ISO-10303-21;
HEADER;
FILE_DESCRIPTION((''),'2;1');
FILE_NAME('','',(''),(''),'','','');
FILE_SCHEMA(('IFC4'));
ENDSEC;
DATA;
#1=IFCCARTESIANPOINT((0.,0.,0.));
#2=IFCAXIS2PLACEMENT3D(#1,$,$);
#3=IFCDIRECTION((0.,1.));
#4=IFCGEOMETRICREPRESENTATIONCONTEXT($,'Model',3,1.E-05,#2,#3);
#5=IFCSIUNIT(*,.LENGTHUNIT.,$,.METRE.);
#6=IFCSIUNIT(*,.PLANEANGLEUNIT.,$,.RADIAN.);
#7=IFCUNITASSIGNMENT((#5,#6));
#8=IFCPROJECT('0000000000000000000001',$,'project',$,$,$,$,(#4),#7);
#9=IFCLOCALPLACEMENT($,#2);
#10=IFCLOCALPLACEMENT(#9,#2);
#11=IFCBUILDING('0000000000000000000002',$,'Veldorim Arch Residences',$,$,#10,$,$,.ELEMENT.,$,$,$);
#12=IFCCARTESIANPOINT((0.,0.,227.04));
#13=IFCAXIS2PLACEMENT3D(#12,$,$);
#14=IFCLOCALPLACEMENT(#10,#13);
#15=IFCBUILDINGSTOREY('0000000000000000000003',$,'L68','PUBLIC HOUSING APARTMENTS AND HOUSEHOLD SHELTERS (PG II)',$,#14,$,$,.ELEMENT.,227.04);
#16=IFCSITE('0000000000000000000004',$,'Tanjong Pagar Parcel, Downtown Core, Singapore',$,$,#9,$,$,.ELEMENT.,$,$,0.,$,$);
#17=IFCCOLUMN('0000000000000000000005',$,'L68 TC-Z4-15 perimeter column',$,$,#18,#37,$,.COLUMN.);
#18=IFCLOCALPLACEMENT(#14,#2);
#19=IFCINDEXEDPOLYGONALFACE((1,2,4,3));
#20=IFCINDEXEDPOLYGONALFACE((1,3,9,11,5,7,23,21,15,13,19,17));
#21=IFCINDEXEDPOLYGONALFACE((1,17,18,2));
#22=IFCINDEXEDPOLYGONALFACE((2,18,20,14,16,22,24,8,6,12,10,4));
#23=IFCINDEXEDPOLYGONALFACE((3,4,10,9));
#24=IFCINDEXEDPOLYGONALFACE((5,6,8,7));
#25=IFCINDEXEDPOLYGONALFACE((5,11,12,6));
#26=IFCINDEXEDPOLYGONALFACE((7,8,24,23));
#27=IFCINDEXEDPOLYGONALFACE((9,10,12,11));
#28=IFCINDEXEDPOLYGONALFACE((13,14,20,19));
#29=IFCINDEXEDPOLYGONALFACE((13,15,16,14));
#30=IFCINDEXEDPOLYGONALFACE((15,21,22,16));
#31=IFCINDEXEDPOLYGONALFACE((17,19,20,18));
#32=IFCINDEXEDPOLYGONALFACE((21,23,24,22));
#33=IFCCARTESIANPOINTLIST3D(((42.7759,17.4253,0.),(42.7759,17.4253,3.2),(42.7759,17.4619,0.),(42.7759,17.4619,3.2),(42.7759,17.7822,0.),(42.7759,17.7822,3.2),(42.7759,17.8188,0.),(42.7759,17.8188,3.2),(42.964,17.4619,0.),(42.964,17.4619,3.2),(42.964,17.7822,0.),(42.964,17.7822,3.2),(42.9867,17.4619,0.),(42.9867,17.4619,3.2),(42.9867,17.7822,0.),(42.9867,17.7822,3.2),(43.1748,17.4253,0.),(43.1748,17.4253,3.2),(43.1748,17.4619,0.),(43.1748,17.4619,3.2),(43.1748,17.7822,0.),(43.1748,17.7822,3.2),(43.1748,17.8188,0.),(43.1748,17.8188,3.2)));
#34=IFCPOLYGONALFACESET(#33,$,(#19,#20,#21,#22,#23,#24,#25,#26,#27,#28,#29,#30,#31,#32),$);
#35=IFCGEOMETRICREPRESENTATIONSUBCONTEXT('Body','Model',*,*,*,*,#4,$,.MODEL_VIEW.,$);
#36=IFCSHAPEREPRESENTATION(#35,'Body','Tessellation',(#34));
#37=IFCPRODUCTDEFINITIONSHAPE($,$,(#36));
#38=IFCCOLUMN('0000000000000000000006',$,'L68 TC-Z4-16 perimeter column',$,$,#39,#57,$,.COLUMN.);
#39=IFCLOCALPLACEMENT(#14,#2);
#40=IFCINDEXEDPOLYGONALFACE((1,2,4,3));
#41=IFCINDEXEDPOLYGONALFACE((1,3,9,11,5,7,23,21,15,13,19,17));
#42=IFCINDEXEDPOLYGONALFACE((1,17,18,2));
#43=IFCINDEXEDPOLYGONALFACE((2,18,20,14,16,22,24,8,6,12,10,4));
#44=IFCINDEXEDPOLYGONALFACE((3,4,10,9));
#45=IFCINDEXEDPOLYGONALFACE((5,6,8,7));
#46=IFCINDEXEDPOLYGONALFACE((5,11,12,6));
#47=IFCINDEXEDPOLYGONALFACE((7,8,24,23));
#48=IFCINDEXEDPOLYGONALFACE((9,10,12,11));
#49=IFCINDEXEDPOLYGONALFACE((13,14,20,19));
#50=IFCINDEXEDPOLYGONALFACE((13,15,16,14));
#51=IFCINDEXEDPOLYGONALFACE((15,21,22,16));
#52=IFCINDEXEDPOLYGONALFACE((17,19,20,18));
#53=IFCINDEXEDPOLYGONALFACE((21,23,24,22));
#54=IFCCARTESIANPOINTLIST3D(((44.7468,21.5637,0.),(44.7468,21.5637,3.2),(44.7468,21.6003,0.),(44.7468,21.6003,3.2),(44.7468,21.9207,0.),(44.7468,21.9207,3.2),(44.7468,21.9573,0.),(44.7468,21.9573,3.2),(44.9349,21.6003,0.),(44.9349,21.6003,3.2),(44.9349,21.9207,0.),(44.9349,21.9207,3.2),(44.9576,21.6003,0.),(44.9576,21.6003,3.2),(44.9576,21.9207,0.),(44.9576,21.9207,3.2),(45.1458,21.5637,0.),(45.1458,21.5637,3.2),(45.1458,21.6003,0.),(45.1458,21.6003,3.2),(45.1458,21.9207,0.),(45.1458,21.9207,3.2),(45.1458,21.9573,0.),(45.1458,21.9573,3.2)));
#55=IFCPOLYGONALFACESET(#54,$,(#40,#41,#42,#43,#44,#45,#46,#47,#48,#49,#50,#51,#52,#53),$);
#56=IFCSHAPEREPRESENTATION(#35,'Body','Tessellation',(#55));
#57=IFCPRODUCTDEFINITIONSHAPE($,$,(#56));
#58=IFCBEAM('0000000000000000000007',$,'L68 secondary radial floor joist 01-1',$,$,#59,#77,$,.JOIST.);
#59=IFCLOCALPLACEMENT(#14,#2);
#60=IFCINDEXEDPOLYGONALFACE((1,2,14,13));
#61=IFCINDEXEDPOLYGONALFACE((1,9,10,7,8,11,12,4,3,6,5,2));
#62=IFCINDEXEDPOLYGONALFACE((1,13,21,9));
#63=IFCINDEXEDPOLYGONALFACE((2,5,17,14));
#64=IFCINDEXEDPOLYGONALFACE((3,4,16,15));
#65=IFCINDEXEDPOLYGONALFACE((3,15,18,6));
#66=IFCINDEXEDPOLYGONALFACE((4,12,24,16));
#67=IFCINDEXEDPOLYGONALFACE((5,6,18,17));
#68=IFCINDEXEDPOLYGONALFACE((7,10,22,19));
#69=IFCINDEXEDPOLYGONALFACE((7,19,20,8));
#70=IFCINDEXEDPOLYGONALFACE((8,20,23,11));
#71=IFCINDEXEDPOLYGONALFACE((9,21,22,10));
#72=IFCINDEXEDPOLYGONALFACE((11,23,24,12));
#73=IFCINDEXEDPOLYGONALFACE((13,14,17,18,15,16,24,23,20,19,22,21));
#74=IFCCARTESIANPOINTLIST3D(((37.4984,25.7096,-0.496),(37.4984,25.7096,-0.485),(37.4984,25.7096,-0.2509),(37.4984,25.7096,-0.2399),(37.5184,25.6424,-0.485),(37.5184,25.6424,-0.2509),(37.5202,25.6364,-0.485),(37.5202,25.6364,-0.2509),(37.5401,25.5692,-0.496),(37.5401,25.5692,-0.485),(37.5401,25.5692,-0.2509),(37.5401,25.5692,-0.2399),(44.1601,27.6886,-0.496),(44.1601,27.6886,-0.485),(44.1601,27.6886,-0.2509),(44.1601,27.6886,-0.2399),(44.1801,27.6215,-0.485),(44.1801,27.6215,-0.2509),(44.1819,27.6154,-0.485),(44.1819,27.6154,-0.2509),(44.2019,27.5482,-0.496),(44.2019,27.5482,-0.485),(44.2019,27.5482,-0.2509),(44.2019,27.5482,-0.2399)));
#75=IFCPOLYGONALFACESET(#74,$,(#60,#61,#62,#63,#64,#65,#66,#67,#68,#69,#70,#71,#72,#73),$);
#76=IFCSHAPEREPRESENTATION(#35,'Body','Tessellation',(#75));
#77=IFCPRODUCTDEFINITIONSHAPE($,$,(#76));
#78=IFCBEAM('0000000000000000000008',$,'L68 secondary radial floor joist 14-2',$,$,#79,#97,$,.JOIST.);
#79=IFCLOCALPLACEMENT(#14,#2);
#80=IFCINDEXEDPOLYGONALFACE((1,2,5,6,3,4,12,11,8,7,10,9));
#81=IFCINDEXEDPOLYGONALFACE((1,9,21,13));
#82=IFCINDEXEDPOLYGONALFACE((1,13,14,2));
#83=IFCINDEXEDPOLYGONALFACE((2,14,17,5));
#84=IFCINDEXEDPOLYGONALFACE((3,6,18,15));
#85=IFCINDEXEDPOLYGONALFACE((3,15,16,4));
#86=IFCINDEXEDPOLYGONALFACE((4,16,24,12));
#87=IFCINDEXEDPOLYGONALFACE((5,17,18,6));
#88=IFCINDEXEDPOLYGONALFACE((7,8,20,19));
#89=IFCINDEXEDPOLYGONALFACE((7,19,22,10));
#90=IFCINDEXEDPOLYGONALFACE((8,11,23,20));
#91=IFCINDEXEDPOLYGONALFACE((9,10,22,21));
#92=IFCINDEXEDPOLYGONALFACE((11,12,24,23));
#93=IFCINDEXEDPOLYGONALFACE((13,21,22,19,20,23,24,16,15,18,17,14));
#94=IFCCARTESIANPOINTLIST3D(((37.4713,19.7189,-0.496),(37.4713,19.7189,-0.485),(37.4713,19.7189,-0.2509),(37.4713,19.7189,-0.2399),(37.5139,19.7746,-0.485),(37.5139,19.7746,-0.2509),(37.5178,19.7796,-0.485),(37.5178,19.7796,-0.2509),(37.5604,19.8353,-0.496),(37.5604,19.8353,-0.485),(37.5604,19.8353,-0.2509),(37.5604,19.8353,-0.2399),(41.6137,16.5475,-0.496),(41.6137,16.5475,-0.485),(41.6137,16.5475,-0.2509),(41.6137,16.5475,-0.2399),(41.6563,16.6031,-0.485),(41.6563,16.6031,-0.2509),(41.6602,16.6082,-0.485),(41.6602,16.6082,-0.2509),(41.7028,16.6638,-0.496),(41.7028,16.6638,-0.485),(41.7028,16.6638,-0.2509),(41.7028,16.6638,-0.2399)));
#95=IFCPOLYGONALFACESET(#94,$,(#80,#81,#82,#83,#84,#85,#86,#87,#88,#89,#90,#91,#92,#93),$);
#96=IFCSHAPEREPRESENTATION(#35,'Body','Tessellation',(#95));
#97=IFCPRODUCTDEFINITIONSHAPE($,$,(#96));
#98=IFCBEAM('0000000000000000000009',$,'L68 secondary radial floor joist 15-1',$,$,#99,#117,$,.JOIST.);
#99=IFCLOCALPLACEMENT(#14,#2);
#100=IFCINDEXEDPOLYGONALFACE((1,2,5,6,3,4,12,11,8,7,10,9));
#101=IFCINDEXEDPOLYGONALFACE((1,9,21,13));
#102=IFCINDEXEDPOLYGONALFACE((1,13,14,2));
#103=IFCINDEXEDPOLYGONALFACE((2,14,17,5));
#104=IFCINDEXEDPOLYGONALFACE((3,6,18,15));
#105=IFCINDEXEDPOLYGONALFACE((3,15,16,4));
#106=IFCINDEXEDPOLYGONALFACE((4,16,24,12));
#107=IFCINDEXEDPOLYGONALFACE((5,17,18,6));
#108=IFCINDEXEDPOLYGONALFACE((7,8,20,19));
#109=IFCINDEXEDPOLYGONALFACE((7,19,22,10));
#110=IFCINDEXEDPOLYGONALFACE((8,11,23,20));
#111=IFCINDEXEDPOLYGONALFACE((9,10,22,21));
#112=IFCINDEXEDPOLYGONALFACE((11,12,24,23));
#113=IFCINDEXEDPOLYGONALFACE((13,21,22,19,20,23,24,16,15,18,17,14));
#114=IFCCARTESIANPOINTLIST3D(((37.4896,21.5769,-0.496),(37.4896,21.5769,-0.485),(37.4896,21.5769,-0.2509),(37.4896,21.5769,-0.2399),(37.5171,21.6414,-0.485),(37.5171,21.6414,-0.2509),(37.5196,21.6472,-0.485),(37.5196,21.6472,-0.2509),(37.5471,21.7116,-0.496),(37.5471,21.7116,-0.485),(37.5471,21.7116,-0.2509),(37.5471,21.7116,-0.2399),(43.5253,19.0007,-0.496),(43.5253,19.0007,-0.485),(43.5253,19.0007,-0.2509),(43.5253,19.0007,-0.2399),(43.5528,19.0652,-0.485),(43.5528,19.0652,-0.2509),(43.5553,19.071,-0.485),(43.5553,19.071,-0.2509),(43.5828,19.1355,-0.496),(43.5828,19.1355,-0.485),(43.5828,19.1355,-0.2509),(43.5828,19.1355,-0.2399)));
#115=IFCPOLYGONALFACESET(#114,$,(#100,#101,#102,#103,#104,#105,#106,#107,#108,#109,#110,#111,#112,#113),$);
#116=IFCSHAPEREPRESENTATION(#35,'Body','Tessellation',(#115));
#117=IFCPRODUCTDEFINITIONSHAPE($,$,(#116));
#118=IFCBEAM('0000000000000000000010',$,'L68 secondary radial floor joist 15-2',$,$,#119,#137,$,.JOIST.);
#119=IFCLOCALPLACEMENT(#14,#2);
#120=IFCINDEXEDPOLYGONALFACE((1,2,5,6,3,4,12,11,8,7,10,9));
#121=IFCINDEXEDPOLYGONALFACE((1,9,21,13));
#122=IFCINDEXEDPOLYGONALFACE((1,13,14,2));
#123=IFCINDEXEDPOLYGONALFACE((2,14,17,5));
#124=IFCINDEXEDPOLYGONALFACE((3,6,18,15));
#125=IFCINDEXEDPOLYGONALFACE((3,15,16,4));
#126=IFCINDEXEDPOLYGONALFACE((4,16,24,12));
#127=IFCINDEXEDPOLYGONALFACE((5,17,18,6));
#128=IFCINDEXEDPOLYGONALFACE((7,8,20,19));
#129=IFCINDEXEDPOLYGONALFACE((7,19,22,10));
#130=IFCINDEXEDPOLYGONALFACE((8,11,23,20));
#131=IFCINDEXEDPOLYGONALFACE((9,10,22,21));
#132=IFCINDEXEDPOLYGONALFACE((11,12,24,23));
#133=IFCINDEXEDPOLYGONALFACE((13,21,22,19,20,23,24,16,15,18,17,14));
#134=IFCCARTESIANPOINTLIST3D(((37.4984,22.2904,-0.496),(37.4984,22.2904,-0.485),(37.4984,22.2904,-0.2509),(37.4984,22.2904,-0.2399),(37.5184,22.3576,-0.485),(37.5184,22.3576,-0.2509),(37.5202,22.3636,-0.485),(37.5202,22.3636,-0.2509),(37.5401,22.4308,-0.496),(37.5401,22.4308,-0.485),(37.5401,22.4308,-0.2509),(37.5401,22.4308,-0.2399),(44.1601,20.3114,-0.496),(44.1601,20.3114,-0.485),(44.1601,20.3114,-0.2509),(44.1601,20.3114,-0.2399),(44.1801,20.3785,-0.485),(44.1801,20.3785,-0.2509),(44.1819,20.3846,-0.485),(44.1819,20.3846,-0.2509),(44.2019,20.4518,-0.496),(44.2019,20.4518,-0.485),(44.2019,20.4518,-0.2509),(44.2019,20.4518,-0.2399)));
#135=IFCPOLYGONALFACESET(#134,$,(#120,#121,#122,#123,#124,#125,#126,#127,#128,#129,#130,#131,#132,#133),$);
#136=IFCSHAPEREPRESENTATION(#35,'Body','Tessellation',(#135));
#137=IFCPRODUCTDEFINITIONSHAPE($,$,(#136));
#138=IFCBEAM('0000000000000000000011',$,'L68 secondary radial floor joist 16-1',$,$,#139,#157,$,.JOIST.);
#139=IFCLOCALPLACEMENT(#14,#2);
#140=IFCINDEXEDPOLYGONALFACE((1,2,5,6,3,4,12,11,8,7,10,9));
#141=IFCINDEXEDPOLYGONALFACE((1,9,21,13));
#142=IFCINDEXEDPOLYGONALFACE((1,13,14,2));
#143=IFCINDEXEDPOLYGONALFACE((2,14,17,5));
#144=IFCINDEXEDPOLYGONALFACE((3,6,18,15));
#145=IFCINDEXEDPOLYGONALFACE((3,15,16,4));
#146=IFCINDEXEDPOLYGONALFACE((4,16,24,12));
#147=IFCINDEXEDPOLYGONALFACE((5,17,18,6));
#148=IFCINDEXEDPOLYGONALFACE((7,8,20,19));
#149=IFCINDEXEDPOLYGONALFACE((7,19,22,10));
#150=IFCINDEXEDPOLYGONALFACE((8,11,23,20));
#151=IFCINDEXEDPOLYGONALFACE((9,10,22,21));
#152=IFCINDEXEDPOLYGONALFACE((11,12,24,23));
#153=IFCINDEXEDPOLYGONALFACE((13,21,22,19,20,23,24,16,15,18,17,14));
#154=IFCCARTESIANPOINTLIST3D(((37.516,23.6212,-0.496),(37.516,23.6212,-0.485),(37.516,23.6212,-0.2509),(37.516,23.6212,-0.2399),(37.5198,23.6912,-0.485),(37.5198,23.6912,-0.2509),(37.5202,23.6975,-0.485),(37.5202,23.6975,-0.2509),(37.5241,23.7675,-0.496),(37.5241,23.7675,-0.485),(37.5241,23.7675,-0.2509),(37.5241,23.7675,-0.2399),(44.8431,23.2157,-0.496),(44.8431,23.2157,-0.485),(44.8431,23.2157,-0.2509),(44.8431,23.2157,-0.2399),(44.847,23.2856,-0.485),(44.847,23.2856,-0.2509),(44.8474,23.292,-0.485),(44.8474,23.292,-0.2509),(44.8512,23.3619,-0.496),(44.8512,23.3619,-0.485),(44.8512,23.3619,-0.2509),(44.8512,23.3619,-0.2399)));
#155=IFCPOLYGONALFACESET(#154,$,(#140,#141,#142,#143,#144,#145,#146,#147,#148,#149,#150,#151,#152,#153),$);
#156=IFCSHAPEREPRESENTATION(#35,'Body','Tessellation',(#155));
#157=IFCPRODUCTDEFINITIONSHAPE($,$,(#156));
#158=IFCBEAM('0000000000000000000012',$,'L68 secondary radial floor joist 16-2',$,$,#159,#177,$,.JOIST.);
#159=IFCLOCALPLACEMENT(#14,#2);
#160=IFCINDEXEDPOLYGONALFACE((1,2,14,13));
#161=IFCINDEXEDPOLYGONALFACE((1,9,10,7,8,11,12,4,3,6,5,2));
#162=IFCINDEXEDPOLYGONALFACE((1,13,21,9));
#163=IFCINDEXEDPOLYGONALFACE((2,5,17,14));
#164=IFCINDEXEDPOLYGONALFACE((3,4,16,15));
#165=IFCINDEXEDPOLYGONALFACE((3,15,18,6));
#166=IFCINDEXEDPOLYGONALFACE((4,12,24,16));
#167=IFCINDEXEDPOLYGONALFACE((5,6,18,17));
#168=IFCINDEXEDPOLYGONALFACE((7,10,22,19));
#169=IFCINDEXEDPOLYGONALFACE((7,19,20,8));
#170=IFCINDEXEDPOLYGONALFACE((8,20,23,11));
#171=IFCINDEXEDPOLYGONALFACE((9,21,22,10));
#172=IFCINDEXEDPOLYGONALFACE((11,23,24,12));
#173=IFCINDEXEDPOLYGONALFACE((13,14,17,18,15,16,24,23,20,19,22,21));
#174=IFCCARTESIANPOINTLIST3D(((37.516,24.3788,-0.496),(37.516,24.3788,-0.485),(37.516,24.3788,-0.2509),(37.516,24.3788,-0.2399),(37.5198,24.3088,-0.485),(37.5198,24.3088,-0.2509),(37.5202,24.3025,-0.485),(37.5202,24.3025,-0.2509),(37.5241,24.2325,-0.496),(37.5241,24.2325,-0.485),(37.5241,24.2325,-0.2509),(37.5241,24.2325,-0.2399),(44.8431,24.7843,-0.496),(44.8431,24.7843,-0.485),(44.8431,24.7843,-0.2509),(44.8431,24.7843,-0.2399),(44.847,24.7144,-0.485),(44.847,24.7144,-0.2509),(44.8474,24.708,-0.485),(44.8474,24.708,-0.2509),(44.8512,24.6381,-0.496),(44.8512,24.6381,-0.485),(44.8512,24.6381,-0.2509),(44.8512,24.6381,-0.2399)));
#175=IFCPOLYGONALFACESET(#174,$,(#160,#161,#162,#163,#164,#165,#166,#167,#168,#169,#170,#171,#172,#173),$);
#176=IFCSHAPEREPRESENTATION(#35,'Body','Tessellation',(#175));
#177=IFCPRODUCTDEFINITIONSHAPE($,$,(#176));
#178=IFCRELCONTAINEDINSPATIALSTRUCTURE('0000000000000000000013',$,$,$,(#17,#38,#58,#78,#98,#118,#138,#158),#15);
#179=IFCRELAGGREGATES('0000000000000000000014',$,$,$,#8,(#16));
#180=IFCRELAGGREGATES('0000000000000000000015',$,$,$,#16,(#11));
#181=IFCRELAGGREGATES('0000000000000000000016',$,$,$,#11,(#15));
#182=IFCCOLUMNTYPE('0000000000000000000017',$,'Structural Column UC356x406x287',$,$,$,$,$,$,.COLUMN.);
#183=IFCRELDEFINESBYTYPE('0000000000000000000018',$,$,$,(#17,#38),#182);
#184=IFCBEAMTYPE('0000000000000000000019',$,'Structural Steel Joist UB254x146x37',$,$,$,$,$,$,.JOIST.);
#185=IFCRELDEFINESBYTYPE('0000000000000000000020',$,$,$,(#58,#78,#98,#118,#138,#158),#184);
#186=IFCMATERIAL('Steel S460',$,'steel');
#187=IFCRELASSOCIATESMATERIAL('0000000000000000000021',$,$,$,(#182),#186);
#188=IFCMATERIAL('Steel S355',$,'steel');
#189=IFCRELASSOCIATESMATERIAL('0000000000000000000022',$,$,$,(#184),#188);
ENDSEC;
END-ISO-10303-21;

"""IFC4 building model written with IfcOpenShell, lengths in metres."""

from ifc_helpers import new_model, si_unit, direction, frame, origin, origin_2d, place, context, subcontext, project, spatial, i_section, extrude, material, material_profile, profile_set, type_object, element, save


model = new_model("IFC4")

# Units and contexts
model_context = context("Model", 3, precision=1e-05, world=origin(), true_north=direction((0.0, 1.0)))
body_context = subcontext(model_context, "Body", "Model", "MODEL_VIEW")
ifc_project = project(units=[si_unit("LENGTHUNIT", "METRE"), si_unit("PLANEANGLEUNIT", "RADIAN")], contexts=[model_context])

# Site, building, storey
site_placement = place(None, origin())
site = spatial("IfcSite", under=ifc_project, at=site_placement, Name="Tanjong Pagar Parcel, Downtown Core, Singapore", CompositionType="ELEMENT", RefElevation=0.0)
building_placement = place(site_placement, origin())
building = spatial("IfcBuilding", under=site, at=building_placement, Name="Veldorim Arch Residences", CompositionType="ELEMENT")
storey_placement = place(building_placement, frame((0.0, 0.0, 227.04)))
storey = spatial("IfcBuildingStorey", under=building, at=storey_placement, Name="L68", Description="PUBLIC HOUSING APARTMENTS AND HOUSEHOLD SHELTERS (PG II)", CompositionType="ELEMENT", Elevation=227.04)

# Columns
ifc_material_1 = material(Name="Steel S460", Category="steel")
ifc_material_profile_1 = material_profile(ifc_material_1, i_section(OverallWidth=0.3989, OverallDepth=0.3936, WebThickness=0.0227, FlangeThickness=0.0366, at=origin_2d()), Name="UC356x406x287")
ifc_profile_set_1 = profile_set([ifc_material_profile_1], Name="Steel S460")
column_type = type_object("IfcColumnType", Name="Structural Column UC356x406x287", PredefinedType="COLUMN", material=ifc_profile_set_1)
for number, where, z_axis, x_axis, name in (
    (1, (42.9753, 17.6221, 0.0), (0.0, 0.0, 1.0), (1.0, 0.0, 0.0), "L68 TC-Z4-15 perimeter column"),
    (2, (44.9463, 21.7605, 0.0), (0.0, 0.0, 1.0), (1.0, 0.0, 0.0), "L68 TC-Z4-16 perimeter column"),
):
    element("IfcColumn", number, at=place(storey_placement, frame(where, z_axis=z_axis, x_axis=x_axis)), inside=storey, type_object=column_type, Name=name, PredefinedType="COLUMN", context=body_context, shape_type="SweptSolid", body=[
        extrude(i_section(OverallWidth=0.3989, OverallDepth=0.3936, WebThickness=0.0227, FlangeThickness=0.0366, at=origin_2d()), origin(), (0.0, 0.0, 1.0), 3.2),
    ])

# Beams
ifc_material_2 = material(Name="Steel S355", Category="steel")
ifc_material_profile_2 = material_profile(ifc_material_2, i_section(OverallWidth=0.1465, OverallDepth=0.2561, WebThickness=0.0063, FlangeThickness=0.011, at=origin_2d()), Name="UB254x146x37")
ifc_profile_set_2 = profile_set([ifc_material_profile_2], Name="Steel S355")
beam_type_1 = type_object("IfcBeamType", Name="Structural Steel Joist UB254x146x37", PredefinedType="JOIST", material=ifc_profile_set_2)
beam_1_placement = place(storey_placement, frame((37.5193, 25.6394, -0.3679), z_axis=(0.958594, 0.284775, 0.0), x_axis=(-0.284775, 0.958594, 0.0)))
element("IfcBeam", 3, at=beam_1_placement, inside=storey, type_object=beam_type_1, Name="L68 secondary radial floor joist 01-1", PredefinedType="JOIST", context=body_context, shape_type="SweptSolid", body=[
    extrude(i_section(OverallWidth=0.1465, OverallDepth=0.2561, WebThickness=0.0063, FlangeThickness=0.011, at=origin_2d()), origin(), (0.0, 0.0, 1.0), 6.9495),
])
beam_2_placement = place(storey_placement, frame((37.5159, 19.7771, -0.3679), z_axis=(0.794014, -0.6079, 0.0), x_axis=(0.6079, 0.794014, 0.0)))
element("IfcBeam", 4, at=beam_2_placement, inside=storey, type_object=beam_type_1, Name="L68 secondary radial floor joist 14-2", PredefinedType="JOIST", context=body_context, shape_type="SweptSolid", body=[
    extrude(i_section(OverallWidth=0.1465, OverallDepth=0.2561, WebThickness=0.0063, FlangeThickness=0.011, at=origin_2d()), origin(), (0.0, 0.0, 1.0), 5.217),
])
beam_3_placement = place(storey_placement, frame((37.5183, 21.6443, -0.3679), z_axis=(0.919725, -0.392563, 0.0), x_axis=(0.392563, 0.919725, 0.0)))
element("IfcBeam", 5, at=beam_3_placement, inside=storey, type_object=beam_type_1, Name="L68 secondary radial floor joist 15-1", PredefinedType="JOIST", context=body_context, shape_type="SweptSolid", body=[
    extrude(i_section(OverallWidth=0.1465, OverallDepth=0.2561, WebThickness=0.0063, FlangeThickness=0.011, at=origin_2d()), origin(), (0.0, 0.0, 1.0), 6.5625),
])
beam_4_placement = place(storey_placement, frame((37.5193, 22.3606, -0.3679), z_axis=(0.958594, -0.284775, 0.0), x_axis=(0.284775, 0.958594, 0.0)))
element("IfcBeam", 6, at=beam_4_placement, inside=storey, type_object=beam_type_1, Name="L68 secondary radial floor joist 15-2", PredefinedType="JOIST", context=body_context, shape_type="SweptSolid", body=[
    extrude(i_section(OverallWidth=0.1465, OverallDepth=0.2561, WebThickness=0.0063, FlangeThickness=0.011, at=origin_2d()), origin(), (0.0, 0.0, 1.0), 6.9495),
])
for number, where, z_axis, x_axis, name in (
    (7, (37.52, 23.6943, -0.3679), (0.998472, -0.05526, 0.0), (0.05526, 0.998472, 0.0), "L68 secondary radial floor joist 16-1"),
    (8, (37.52, 24.3057, -0.3679), (0.998472, 0.05526, 0.0), (-0.05526, 0.998472, 0.0), "L68 secondary radial floor joist 16-2"),
):
    element("IfcBeam", number, at=place(storey_placement, frame(where, z_axis=z_axis, x_axis=x_axis)), inside=storey, type_object=beam_type_1, Name=name, PredefinedType="JOIST", context=body_context, shape_type="SweptSolid", body=[
        extrude(i_section(OverallWidth=0.1465, OverallDepth=0.2561, WebThickness=0.0063, FlangeThickness=0.011, at=origin_2d()), origin(), (0.0, 0.0, 1.0), 7.3384),
    ])

save(model, "model.ifc")
